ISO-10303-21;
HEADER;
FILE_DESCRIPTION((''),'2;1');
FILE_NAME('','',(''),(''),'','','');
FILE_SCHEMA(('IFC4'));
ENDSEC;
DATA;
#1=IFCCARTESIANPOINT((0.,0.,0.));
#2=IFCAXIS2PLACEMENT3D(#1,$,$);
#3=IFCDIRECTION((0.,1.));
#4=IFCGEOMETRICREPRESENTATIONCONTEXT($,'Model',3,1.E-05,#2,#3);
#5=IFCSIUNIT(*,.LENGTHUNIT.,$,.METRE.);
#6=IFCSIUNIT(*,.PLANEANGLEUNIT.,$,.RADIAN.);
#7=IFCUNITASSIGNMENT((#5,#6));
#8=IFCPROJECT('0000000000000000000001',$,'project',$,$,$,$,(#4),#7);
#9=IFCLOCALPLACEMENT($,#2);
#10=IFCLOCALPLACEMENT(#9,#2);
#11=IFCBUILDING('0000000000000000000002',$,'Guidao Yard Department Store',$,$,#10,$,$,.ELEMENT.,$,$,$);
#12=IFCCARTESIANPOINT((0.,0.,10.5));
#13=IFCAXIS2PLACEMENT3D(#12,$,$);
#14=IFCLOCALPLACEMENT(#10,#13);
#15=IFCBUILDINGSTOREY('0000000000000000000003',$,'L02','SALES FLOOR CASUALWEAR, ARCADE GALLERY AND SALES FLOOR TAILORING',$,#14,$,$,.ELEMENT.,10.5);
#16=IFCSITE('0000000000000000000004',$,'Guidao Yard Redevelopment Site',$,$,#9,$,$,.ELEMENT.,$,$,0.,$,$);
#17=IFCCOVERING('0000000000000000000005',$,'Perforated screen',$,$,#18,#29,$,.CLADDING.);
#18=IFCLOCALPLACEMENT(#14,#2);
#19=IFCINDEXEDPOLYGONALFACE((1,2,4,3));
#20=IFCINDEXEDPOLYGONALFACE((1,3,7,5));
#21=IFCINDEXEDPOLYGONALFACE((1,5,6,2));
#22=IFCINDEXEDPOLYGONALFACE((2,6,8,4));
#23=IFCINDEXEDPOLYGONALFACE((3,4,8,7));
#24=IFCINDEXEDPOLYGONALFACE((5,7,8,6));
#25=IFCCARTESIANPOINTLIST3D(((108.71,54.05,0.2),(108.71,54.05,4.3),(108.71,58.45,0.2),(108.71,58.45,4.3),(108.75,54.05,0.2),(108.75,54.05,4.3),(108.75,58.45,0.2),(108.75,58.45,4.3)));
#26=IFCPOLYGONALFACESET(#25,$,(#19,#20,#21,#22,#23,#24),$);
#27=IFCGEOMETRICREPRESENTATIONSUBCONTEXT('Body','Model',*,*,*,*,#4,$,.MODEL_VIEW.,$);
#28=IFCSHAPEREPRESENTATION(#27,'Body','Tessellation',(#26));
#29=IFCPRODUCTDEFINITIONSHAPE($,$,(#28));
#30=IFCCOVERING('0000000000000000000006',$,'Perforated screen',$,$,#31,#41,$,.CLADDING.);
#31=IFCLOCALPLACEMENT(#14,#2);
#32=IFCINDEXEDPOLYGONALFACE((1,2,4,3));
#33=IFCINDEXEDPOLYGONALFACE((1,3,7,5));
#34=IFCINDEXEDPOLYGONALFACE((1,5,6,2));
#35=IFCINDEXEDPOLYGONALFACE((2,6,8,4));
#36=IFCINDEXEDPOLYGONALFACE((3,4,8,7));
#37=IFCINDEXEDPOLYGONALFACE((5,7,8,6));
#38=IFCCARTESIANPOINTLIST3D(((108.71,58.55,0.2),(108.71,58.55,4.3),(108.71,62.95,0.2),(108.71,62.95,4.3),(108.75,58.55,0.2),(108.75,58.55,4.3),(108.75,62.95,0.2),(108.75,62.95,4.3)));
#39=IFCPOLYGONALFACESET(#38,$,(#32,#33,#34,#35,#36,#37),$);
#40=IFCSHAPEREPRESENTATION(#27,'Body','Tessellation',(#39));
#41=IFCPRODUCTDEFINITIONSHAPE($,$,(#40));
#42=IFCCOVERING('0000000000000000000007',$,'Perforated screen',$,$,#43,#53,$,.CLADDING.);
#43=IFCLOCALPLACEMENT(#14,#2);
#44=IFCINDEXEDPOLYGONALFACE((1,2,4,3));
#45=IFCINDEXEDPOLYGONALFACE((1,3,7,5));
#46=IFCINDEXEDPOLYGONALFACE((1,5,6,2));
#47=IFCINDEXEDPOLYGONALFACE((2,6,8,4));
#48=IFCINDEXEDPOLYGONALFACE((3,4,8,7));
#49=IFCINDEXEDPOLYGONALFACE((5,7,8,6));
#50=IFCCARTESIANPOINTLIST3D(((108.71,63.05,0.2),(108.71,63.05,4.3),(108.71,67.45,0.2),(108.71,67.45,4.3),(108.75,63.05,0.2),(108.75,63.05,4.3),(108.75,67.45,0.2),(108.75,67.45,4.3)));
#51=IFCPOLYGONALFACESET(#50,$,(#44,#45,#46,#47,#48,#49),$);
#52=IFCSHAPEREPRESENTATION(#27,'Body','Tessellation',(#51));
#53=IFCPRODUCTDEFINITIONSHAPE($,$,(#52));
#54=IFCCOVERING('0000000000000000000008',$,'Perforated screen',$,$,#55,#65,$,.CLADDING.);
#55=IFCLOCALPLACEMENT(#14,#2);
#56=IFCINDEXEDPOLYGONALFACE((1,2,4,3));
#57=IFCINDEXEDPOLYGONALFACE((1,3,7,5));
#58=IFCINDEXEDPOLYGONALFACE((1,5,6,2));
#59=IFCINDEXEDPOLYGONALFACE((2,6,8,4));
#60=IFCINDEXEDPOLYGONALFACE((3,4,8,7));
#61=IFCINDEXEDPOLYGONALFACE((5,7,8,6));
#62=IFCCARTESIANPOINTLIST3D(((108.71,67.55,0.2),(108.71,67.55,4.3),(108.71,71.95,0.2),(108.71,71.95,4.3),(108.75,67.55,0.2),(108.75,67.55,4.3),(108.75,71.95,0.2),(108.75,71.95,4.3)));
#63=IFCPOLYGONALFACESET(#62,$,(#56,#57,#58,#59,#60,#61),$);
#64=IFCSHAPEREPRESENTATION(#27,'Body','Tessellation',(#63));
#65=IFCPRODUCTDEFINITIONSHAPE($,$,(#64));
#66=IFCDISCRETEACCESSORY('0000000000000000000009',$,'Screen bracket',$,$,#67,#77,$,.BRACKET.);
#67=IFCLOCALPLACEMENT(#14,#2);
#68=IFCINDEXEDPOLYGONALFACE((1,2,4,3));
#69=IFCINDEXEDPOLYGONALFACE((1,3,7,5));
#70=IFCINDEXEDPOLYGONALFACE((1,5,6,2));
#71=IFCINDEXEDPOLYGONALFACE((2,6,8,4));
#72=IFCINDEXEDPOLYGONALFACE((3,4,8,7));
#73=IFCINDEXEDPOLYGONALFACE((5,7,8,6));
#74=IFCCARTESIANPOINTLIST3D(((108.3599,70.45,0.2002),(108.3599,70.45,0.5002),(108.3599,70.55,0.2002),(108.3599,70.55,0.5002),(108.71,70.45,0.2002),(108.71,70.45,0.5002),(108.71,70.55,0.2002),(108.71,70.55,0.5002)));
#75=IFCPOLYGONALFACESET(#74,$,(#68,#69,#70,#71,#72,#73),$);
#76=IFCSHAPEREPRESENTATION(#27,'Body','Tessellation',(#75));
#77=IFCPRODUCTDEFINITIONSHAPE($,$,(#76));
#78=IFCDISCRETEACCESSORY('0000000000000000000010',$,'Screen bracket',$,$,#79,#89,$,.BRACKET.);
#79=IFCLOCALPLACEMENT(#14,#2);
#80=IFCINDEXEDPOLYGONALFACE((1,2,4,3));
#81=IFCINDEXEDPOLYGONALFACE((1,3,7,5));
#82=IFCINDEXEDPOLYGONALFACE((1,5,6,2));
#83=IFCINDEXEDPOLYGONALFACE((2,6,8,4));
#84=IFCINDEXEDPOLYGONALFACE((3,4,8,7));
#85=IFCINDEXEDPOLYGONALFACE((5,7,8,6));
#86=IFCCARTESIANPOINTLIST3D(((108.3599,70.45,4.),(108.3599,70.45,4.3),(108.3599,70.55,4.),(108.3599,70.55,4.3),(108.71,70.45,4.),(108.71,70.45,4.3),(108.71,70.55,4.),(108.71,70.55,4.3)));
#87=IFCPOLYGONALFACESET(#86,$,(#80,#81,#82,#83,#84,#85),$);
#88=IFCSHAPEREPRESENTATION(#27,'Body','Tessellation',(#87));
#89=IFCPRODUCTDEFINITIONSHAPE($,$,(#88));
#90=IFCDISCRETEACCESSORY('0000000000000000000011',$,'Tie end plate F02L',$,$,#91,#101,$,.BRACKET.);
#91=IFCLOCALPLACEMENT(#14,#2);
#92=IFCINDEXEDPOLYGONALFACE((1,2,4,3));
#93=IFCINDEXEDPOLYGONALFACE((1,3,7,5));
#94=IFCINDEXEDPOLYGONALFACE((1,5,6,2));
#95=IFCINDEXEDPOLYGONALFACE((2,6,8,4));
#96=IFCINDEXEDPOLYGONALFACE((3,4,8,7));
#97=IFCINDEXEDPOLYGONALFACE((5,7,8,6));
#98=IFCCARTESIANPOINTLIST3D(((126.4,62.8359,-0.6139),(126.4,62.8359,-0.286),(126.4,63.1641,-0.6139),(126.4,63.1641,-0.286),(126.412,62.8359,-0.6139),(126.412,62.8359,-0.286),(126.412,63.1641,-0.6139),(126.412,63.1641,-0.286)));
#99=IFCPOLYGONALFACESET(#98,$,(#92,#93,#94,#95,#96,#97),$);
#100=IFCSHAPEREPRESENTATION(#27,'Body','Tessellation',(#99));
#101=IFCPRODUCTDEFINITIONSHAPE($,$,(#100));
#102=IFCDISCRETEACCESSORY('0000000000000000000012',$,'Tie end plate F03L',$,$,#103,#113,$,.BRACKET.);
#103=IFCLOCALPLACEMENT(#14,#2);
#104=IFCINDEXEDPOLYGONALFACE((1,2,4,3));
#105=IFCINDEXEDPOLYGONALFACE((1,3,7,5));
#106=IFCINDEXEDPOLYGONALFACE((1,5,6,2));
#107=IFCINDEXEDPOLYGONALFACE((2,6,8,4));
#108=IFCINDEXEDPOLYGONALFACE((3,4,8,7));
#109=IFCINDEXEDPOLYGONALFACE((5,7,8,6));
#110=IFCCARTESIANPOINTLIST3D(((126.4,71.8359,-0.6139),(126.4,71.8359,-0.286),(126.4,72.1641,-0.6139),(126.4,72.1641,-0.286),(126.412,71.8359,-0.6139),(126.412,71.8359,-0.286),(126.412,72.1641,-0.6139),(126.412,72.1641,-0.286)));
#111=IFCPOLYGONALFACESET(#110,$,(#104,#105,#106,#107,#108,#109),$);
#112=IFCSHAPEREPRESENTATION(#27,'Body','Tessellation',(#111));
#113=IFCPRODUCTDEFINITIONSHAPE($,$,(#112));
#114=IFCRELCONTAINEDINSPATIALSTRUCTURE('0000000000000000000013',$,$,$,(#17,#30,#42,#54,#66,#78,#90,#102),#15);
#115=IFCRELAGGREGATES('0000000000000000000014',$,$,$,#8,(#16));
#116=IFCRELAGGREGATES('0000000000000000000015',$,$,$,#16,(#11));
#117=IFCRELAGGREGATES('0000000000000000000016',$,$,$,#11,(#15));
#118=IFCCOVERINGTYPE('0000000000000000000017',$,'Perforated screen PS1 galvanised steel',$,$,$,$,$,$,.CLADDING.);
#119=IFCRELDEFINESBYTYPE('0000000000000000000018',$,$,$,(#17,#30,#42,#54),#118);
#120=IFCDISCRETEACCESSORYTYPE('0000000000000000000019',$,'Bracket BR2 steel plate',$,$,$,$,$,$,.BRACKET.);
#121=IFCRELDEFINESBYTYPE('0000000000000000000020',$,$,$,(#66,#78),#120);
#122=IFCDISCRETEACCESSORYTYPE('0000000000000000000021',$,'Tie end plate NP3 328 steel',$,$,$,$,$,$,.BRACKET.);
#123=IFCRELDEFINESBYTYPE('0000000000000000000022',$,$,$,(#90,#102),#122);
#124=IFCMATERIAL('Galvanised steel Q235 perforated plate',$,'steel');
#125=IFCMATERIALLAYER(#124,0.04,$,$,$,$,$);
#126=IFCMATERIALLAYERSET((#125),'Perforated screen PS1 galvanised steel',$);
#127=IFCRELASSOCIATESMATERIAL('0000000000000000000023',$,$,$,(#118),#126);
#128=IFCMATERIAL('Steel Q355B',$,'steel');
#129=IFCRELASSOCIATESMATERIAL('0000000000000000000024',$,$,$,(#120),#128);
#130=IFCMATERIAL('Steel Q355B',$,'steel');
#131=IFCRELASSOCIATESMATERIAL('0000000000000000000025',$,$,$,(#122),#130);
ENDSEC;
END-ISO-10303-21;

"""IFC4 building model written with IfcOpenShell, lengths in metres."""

from ifc_helpers import new_model, si_unit, direction, frame, origin, origin_2d, place, context, subcontext, project, spatial, rectangle, extrude, material, layer, layer_set, material_profile, profile_set, type_object, element, save


model = new_model("IFC4")

# Units and contexts
model_context = context("Model", 3, precision=1e-05, world=origin(), true_north=direction((0.0, 1.0)))
body_context = subcontext(model_context, "Body", "Model", "MODEL_VIEW")
ifc_project = project(units=[si_unit("LENGTHUNIT", "METRE"), si_unit("PLANEANGLEUNIT", "RADIAN")], contexts=[model_context])

# Site, building, storey
site_placement = place(None, origin())
site = spatial("IfcSite", under=ifc_project, at=site_placement, Name="Guidao Yard Redevelopment Site", CompositionType="ELEMENT", RefElevation=0.0)
building_placement = place(site_placement, origin())
building = spatial("IfcBuilding", under=site, at=building_placement, Name="Guidao Yard Department Store", CompositionType="ELEMENT")
storey_placement = place(building_placement, frame((0.0, 0.0, 10.5)))
storey = spatial("IfcBuildingStorey", under=building, at=storey_placement, Name="L02", Description="SALES FLOOR CASUALWEAR, ARCADE GALLERY AND SALES FLOOR TAILORING", CompositionType="ELEMENT", Elevation=10.5)

# Coverings
ifc_material_1 = material(Name="Galvanised steel Q235 perforated plate", Category="steel")
ifc_layer_1 = layer(ifc_material_1, 0.04)
ifc_layer_set_1 = layer_set([ifc_layer_1], Name="Perforated screen PS1 galvanised steel")
covering_type = type_object("IfcCoveringType", Name="Perforated screen PS1 galvanised steel", PredefinedType="CLADDING", material=ifc_layer_set_1)
for number, where, z_axis, x_axis, name in (
    (1, (108.73, 56.25, 0.2), (0.0, 0.0, 1.0), (0.0, -1.0, 0.0), "Perforated screen"),
    (2, (108.73, 60.75, 0.2), (0.0, 0.0, 1.0), (0.0, -1.0, 0.0), "Perforated screen"),
    (3, (108.73, 65.25, 0.2), (0.0, 0.0, 1.0), (0.0, -1.0, 0.0), "Perforated screen"),
    (4, (108.73, 69.75, 0.2), (0.0, 0.0, 1.0), (0.0, -1.0, 0.0), "Perforated screen"),
):
    element("IfcCovering", number, at=place(storey_placement, frame(where, z_axis=z_axis, x_axis=x_axis)), inside=storey, type_object=covering_type, Name=name, PredefinedType="CLADDING", context=body_context, shape_type="SweptSolid", body=[
        extrude(rectangle(XDim=4.3999, YDim=0.04, at=origin_2d()), origin(), (0.0, 0.0, 1.0), 4.1001),
    ])

# Discrete accessories
ifc_material_2 = material(Name="Steel Q355B", Category="steel")
discrete_accessory_type_1 = type_object("IfcDiscreteAccessoryType", Name="Bracket BR2 steel plate", PredefinedType="BRACKET", material=ifc_material_2)
for number, where, z_axis, x_axis, name in (
    (5, (108.5349, 70.5, 0.2002), (0.0, 0.0, 1.0), (0.0, -1.0, 0.0), "Screen bracket"),
    (6, (108.5349, 70.5, 4.0), (0.0, 0.0, 1.0), (0.0, -1.0, 0.0), "Screen bracket"),
):
    element("IfcDiscreteAccessory", number, at=place(storey_placement, frame(where, z_axis=z_axis, x_axis=x_axis)), inside=storey, type_object=discrete_accessory_type_1, Name=name, PredefinedType="BRACKET", context=body_context, shape_type="SweptSolid", body=[
        extrude(rectangle(XDim=0.1001, YDim=0.3501, at=origin_2d()), origin(), (0.0, 0.0, 1.0), 0.3),
    ])
ifc_material_3 = material(Name="Steel Q355B", Category="steel")
ifc_material_profile_1 = material_profile(ifc_material_3, rectangle(XDim=0.3279, YDim=0.012, at=origin_2d()), Name="Node plate 328x12")
ifc_profile_set_1 = profile_set([ifc_material_profile_1], Name="Steel Q355B")
discrete_accessory_type_2 = type_object("IfcDiscreteAccessoryType", Name="Tie end plate NP3 328 steel", PredefinedType="BRACKET", material=ifc_profile_set_1)
for number, where, z_axis, x_axis, name in (
    (7, (126.406, 62.8359, -0.45), (0.0, 1.0, 0.0), (0.0, 0.0, 1.0), "Tie end plate F02L"),
    (8, (126.406, 71.8359, -0.45), (0.0, 1.0, 0.0), (0.0, 0.0, 1.0), "Tie end plate F03L"),
):
    element("IfcDiscreteAccessory", number, at=place(storey_placement, frame(where, z_axis=z_axis, x_axis=x_axis)), inside=storey, type_object=discrete_accessory_type_2, Name=name, PredefinedType="BRACKET", context=body_context, shape_type="SweptSolid", body=[
        extrude(rectangle(XDim=0.3279, YDim=0.012, at=origin_2d()), origin(), (0.0, 0.0, 1.0), 0.3281),
    ])

save(model, "model.ifc")
